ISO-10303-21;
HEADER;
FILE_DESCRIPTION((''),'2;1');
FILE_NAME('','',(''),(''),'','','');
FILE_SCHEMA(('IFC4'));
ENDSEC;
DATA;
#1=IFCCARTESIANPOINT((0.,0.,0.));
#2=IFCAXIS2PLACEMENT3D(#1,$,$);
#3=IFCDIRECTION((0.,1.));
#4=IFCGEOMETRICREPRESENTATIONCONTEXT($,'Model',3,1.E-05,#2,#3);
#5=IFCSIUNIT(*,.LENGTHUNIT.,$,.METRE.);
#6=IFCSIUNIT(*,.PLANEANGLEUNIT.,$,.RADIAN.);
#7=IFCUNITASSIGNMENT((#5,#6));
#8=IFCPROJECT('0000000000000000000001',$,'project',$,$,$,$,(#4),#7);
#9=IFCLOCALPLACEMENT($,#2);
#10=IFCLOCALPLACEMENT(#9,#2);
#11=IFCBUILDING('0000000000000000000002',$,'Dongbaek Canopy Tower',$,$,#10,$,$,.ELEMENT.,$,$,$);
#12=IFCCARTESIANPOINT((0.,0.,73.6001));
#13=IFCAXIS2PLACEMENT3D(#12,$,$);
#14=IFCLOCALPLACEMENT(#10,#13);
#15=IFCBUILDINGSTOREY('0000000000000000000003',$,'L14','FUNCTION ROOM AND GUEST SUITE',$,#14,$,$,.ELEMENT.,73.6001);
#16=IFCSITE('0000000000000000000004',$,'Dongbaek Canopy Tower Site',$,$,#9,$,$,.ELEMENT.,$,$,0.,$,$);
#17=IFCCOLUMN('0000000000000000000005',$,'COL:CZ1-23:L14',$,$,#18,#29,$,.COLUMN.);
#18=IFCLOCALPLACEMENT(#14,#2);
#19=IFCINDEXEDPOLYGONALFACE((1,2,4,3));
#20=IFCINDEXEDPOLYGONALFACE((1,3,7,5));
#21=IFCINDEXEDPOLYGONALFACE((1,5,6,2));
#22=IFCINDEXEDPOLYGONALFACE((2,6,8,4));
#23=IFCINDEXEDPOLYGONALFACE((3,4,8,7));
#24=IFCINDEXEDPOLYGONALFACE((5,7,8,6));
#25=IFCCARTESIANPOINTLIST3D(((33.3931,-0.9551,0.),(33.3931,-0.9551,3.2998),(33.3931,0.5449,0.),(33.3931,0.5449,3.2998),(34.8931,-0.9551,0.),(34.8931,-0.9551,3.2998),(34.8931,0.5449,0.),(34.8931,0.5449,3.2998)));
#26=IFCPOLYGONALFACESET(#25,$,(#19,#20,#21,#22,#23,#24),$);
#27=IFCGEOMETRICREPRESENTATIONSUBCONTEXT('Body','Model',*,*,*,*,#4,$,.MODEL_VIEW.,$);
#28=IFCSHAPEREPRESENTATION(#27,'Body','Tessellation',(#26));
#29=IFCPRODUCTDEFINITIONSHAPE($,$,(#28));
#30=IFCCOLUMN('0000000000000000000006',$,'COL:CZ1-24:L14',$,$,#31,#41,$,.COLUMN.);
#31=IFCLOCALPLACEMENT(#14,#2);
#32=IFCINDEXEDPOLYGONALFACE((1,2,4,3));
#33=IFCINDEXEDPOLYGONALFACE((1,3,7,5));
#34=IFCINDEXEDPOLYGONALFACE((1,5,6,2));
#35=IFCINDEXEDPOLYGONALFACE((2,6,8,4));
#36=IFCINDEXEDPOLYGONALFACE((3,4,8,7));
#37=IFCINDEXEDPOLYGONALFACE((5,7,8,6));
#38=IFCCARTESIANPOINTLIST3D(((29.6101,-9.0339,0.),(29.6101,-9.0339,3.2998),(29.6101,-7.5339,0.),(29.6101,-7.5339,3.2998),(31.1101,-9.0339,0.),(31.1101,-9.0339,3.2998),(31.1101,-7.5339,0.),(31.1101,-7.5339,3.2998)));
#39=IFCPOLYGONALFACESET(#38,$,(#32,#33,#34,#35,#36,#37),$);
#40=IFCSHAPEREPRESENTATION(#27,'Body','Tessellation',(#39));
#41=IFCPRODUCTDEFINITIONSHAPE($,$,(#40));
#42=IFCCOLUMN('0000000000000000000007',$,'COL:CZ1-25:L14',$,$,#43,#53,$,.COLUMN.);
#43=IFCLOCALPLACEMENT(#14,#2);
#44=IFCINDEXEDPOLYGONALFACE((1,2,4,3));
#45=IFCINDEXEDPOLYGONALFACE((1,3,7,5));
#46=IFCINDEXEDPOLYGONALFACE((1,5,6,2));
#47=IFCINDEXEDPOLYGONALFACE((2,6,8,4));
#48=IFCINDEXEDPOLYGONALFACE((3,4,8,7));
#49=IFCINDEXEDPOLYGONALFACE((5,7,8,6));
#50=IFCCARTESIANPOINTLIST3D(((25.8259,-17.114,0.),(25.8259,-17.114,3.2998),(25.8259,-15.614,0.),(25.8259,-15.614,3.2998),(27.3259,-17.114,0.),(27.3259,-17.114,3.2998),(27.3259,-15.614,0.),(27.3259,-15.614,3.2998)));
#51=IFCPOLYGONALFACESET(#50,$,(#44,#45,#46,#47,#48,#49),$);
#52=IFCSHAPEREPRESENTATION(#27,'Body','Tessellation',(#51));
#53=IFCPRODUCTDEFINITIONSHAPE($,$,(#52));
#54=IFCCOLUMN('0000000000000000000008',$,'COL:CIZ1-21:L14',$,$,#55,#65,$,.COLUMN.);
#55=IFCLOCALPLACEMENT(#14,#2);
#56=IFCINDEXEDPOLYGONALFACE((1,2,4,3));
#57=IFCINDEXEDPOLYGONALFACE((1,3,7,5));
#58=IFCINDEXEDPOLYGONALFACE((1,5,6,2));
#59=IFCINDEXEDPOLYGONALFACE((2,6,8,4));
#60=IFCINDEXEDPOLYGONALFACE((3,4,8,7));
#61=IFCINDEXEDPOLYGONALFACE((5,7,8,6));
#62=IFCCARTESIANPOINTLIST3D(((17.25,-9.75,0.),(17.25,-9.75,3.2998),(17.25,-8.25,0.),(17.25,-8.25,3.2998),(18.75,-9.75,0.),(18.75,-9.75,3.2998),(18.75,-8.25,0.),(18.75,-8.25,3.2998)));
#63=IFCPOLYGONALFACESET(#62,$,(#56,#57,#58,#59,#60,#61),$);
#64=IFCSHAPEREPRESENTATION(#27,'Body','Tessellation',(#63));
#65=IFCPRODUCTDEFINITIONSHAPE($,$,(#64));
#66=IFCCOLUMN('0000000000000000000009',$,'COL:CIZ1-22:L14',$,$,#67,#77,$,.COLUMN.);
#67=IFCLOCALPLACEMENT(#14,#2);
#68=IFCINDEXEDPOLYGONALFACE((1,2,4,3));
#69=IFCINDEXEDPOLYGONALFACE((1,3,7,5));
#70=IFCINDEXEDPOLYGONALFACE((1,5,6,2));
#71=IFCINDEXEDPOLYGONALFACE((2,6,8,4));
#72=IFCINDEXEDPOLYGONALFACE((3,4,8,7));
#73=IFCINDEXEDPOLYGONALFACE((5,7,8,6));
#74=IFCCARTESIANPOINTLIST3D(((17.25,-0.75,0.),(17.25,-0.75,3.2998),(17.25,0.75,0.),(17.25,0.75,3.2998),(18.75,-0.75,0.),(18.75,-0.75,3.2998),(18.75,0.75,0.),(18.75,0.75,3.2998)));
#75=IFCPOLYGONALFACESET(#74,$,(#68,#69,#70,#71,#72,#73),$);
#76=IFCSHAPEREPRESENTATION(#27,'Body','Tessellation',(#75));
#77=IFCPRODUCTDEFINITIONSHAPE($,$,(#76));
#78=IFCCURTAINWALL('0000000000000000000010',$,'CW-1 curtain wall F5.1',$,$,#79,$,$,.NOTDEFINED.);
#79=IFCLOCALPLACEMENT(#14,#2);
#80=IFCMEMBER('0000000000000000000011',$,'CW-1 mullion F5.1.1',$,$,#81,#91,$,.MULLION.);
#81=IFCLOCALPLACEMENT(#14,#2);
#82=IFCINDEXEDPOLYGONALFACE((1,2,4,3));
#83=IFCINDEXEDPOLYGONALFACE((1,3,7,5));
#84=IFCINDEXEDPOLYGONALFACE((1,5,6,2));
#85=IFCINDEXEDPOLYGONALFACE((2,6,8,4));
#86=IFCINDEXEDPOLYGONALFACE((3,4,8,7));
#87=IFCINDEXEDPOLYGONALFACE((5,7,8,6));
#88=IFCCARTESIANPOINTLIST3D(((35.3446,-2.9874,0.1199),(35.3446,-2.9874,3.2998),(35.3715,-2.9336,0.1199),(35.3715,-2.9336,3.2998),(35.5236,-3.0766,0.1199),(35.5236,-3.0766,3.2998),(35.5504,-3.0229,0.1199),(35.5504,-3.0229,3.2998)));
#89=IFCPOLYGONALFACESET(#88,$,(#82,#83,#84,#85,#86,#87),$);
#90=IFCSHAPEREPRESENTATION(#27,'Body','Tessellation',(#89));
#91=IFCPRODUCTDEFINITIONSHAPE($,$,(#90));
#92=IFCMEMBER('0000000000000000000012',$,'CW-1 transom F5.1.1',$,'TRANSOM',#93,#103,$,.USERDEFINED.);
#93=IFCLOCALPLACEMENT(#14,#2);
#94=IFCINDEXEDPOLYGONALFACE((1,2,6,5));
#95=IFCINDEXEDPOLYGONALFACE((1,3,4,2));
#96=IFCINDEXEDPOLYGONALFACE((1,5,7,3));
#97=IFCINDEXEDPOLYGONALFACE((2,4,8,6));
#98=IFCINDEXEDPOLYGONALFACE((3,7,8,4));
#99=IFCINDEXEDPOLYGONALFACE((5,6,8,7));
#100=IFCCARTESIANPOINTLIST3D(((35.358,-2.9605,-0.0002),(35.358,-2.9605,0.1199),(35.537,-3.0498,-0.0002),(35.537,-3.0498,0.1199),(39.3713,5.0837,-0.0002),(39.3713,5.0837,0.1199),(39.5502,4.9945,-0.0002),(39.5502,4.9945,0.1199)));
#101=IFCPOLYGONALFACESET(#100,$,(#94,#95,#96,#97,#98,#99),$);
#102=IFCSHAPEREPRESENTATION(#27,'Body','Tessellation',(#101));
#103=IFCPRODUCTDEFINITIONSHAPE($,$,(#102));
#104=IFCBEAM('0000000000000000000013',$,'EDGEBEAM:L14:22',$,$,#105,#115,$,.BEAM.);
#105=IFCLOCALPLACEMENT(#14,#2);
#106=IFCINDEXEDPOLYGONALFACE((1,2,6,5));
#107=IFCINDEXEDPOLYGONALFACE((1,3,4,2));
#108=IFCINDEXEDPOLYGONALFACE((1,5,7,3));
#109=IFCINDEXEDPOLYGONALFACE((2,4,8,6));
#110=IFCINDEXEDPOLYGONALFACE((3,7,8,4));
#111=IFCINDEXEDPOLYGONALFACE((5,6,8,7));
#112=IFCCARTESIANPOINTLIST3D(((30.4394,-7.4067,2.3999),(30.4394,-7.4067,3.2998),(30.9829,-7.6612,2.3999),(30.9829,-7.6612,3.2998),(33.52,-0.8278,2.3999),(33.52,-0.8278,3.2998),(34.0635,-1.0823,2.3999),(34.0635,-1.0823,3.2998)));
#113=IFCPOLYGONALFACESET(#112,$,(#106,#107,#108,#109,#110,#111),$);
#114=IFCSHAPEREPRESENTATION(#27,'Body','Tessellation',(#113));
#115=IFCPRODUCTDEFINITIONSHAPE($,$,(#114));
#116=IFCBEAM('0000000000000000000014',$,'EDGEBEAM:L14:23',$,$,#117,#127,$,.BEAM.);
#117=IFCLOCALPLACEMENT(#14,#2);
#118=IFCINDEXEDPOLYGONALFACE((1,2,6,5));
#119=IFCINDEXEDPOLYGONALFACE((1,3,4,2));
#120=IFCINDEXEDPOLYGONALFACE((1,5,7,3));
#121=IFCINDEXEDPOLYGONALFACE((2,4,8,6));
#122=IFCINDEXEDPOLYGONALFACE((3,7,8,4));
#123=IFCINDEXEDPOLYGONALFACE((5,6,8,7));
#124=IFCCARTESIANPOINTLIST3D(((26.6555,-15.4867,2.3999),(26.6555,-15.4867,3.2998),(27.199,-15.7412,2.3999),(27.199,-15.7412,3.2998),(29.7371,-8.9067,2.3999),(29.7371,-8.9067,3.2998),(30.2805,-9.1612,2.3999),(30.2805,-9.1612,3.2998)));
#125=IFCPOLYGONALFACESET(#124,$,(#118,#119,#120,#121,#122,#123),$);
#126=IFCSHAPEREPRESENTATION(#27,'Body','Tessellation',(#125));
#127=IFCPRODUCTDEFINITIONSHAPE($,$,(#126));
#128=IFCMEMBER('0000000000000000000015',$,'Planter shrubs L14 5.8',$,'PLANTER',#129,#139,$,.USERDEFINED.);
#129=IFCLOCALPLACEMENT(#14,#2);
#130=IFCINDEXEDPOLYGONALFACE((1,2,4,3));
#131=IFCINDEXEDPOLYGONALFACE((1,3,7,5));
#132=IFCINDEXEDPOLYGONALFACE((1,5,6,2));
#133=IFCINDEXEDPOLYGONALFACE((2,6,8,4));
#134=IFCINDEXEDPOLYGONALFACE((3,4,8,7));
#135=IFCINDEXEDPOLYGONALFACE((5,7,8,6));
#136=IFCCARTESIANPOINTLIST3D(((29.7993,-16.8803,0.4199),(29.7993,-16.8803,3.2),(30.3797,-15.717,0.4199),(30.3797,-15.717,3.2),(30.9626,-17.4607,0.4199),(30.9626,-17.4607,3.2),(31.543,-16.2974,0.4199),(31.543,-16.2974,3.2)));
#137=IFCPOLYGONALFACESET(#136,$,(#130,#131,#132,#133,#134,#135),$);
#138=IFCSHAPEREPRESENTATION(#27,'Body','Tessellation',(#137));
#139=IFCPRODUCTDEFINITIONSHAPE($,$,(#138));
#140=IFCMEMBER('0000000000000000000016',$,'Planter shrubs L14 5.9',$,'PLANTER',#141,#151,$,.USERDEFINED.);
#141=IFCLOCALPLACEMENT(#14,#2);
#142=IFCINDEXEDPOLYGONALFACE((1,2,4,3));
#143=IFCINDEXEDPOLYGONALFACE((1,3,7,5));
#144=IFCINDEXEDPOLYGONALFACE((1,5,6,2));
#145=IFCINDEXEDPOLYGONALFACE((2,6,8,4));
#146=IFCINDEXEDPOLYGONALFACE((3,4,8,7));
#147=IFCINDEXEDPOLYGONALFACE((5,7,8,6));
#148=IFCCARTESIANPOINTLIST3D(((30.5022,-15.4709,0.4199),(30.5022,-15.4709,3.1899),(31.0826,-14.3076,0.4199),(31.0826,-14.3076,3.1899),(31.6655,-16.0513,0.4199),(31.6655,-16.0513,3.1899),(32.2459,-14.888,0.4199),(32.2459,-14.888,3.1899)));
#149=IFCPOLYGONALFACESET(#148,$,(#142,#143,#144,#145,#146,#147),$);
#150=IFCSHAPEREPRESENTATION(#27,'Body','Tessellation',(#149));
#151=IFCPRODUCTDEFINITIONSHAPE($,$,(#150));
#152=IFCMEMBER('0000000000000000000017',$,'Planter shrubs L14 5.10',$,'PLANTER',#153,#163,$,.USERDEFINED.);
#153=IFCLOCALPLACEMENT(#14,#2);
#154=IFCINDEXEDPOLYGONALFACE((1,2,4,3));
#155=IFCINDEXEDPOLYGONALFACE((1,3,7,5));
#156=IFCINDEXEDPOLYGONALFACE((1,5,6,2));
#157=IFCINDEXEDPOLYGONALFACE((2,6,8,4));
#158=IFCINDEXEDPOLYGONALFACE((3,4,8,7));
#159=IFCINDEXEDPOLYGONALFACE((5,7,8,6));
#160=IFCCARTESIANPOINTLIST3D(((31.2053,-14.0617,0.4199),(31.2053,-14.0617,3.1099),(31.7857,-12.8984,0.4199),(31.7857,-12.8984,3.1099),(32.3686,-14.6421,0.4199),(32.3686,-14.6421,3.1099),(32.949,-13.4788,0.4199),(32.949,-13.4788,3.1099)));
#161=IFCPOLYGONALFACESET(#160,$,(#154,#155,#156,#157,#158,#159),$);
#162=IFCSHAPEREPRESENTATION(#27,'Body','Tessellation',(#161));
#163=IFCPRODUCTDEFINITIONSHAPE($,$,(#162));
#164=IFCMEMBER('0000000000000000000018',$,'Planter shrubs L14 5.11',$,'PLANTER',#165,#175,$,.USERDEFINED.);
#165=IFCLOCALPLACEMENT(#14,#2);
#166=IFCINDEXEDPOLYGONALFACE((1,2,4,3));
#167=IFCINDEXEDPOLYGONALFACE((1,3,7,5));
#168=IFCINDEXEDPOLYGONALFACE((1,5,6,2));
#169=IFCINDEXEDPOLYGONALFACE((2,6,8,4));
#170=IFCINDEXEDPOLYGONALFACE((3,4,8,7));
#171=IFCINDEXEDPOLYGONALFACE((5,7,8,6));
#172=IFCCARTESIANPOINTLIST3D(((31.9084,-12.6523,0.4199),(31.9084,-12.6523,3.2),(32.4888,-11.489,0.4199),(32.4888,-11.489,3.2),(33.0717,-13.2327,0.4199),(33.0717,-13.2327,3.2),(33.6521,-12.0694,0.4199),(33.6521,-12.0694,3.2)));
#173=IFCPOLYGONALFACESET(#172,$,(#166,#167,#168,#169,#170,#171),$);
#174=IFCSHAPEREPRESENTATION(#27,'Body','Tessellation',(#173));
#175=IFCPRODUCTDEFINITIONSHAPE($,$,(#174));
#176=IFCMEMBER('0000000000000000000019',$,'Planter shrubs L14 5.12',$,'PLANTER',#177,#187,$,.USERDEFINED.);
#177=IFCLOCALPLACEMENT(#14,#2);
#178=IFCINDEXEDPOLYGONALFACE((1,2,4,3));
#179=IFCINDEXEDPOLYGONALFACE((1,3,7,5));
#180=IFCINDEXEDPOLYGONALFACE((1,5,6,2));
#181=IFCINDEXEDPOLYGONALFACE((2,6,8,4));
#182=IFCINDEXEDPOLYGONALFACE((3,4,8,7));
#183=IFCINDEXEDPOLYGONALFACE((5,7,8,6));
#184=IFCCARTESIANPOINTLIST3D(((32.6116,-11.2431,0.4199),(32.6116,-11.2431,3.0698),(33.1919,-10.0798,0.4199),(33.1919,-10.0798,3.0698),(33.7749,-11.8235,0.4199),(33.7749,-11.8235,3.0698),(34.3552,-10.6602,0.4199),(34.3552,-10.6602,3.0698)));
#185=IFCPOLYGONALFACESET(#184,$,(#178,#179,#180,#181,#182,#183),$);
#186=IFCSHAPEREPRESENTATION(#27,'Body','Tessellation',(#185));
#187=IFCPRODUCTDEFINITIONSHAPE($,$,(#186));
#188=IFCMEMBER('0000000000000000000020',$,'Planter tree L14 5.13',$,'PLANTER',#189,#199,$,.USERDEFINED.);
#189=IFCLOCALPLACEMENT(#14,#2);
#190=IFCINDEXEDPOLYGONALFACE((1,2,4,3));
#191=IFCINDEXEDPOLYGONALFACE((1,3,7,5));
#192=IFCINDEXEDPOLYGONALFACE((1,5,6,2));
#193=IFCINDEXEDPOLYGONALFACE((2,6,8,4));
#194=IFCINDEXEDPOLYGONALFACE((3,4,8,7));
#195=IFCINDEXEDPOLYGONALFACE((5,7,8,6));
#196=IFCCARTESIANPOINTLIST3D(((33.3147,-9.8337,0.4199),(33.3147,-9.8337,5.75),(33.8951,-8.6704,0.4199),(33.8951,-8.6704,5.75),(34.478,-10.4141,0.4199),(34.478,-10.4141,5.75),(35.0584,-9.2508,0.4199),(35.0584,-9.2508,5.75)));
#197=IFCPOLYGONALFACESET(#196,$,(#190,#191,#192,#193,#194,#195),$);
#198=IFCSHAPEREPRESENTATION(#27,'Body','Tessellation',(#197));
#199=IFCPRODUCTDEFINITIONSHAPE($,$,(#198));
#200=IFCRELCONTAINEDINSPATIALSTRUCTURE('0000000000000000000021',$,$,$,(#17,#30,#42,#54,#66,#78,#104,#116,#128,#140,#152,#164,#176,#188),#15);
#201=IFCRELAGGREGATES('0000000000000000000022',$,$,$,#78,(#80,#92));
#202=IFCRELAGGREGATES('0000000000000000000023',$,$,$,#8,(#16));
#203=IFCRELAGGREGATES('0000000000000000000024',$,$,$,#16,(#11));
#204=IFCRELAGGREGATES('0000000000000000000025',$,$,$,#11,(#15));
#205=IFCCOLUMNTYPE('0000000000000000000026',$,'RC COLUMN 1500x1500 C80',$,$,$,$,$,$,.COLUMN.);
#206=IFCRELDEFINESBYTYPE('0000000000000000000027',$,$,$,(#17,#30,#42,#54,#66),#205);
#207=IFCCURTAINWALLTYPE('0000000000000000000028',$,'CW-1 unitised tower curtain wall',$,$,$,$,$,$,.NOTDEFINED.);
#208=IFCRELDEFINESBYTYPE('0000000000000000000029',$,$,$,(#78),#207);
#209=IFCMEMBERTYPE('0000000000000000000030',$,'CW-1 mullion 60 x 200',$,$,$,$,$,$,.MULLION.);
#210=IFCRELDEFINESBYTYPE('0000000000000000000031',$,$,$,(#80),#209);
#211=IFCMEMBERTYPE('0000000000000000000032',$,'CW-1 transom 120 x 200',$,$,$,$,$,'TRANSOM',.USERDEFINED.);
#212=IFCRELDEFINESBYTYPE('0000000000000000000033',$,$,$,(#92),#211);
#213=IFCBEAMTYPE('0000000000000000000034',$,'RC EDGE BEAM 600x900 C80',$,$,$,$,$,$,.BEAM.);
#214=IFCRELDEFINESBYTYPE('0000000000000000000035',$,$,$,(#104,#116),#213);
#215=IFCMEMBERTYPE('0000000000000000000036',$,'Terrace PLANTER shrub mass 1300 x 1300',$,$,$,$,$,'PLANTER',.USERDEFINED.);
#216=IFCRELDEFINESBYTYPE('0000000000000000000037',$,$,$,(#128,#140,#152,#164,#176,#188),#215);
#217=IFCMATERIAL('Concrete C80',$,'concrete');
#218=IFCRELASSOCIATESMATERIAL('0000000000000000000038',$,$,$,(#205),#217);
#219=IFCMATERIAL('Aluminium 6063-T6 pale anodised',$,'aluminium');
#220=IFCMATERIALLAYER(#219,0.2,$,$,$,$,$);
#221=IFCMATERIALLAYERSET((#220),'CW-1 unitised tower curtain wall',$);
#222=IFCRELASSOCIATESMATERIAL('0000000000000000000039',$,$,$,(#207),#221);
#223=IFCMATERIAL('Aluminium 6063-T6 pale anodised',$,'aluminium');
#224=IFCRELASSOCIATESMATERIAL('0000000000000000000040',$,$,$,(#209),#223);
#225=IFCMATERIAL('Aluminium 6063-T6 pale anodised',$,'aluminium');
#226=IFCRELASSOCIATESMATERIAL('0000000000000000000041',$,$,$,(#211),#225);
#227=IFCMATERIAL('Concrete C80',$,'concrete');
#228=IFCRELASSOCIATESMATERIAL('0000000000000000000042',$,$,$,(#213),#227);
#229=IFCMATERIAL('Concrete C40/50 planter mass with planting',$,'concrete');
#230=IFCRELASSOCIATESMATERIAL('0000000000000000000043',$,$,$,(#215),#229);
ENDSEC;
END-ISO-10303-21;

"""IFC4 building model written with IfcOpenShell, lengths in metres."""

from ifc_helpers import new_model, si_unit, direction, frame, origin, origin_2d, place, context, subcontext, project, spatial, rectangle, extrude, material, layer, layer_set, material_profile, profile_set, type_object, element, aggregate, save


model = new_model("IFC4")

# Units and contexts
model_context = context("Model", 3, precision=1e-05, world=origin(), true_north=direction((0.0, 1.0)))
body_context = subcontext(model_context, "Body", "Model", "MODEL_VIEW")
ifc_project = project(units=[si_unit("LENGTHUNIT", "METRE"), si_unit("PLANEANGLEUNIT", "RADIAN")], contexts=[model_context])

# Site, building, storey
site_placement = place(None, origin())
site = spatial("IfcSite", under=ifc_project, at=site_placement, Name="Dongbaek Canopy Tower Site", CompositionType="ELEMENT", RefElevation=0.0)
building_placement = place(site_placement, origin())
building = spatial("IfcBuilding", under=site, at=building_placement, Name="Dongbaek Canopy Tower", CompositionType="ELEMENT")
storey_placement = place(building_placement, frame((0.0, 0.0, 73.6001)))
storey = spatial("IfcBuildingStorey", under=building, at=storey_placement, Name="L14", Description="FUNCTION ROOM AND GUEST SUITE", CompositionType="ELEMENT", Elevation=73.6001)

# Columns
ifc_material_1 = material(Name="Concrete C80", Category="concrete")
ifc_material_profile_1 = material_profile(ifc_material_1, rectangle(XDim=1.5, YDim=1.5, at=origin_2d()), Name="RC COLUMN 1500x1500 C80")
ifc_profile_set_1 = profile_set([ifc_material_profile_1], Name="Concrete C80")
column_type = type_object("IfcColumnType", Name="RC COLUMN 1500x1500 C80", PredefinedType="COLUMN", material=ifc_profile_set_1)
for number, where, z_axis, x_axis, name in (
    (1, (34.1431, -0.2051, 0.0), (0.0, 0.0, 1.0), (1.0, 0.0, 0.0), "COL:CZ1-23:L14"),
    (2, (30.3601, -8.2839, 0.0), (0.0, 0.0, 1.0), (1.0, 0.0, 0.0), "COL:CZ1-24:L14"),
    (3, (26.5759, -16.364, 0.0), (0.0, 0.0, 1.0), (1.0, 0.0, 0.0), "COL:CZ1-25:L14"),
    (4, (18.0, -9.0, 0.0), (0.0, 0.0, 1.0), (1.0, 0.0, 0.0), "COL:CIZ1-21:L14"),
    (5, (18.0, 0.0, 0.0), (0.0, 0.0, 1.0), (1.0, 0.0, 0.0), "COL:CIZ1-22:L14"),
):
    element("IfcColumn", number, at=place(storey_placement, frame(where, z_axis=z_axis, x_axis=x_axis)), inside=storey, type_object=column_type, Name=name, PredefinedType="COLUMN", context=body_context, shape_type="SweptSolid", body=[
        extrude(rectangle(XDim=1.5, YDim=1.5, at=origin_2d()), origin(), (0.0, 0.0, 1.0), 3.2998),
    ])

# Curtain wall, members
ifc_material_2 = material(Name="Aluminium 6063-T6 pale anodised", Category="aluminium")
ifc_layer_1 = layer(ifc_material_2, 0.2)
ifc_layer_set_1 = layer_set([ifc_layer_1], Name="CW-1 unitised tower curtain wall")
curtain_wall_type = type_object("IfcCurtainWallType", Name="CW-1 unitised tower curtain wall", PredefinedType="NOTDEFINED", material=ifc_layer_set_1)
curtain_wall_placement = place(storey_placement, origin())
curtain_wall = element("IfcCurtainWall", 6, at=curtain_wall_placement, inside=storey, type_object=curtain_wall_type, Name="CW-1 curtain wall F5.1", PredefinedType="NOTDEFINED")
ifc_material_3 = material(Name="Aluminium 6063-T6 pale anodised", Category="aluminium")
ifc_material_profile_2 = material_profile(ifc_material_3, rectangle(XDim=0.2, YDim=0.0601, at=origin_2d()), Name="CW-1 mullion 60 x 200")
ifc_profile_set_2 = profile_set([ifc_material_profile_2], Name="Aluminium 6063-T6 pale anodised")
member_type_1 = type_object("IfcMemberType", Name="CW-1 mullion 60 x 200", PredefinedType="MULLION", material=ifc_profile_set_2)
member_1_placement = place(storey_placement, frame((35.4475, -3.0051, 0.1199), z_axis=(0.0, 0.0, 1.0), x_axis=(0.894823, -0.44642, 0.0)))
member_1 = element("IfcMember", 7, at=member_1_placement, type_object=member_type_1, Name="CW-1 mullion F5.1.1", PredefinedType="MULLION", context=body_context, shape_type="SweptSolid", body=[
    extrude(rectangle(XDim=0.2, YDim=0.0601, at=origin_2d()), origin(), (0.0, 0.0, 1.0), 3.1799),
])
ifc_material_4 = material(Name="Aluminium 6063-T6 pale anodised", Category="aluminium")
ifc_material_profile_3 = material_profile(ifc_material_4, rectangle(XDim=0.2, YDim=0.1201, at=origin_2d()), Name="CW-1 transom 120 x 200")
ifc_profile_set_3 = profile_set([ifc_material_profile_3], Name="Aluminium 6063-T6 pale anodised")
member_type_2 = type_object("IfcMemberType", Name="CW-1 transom 120 x 200", ElementType="TRANSOM", PredefinedType="USERDEFINED", material=ifc_profile_set_3)
member_2_placement = place(storey_placement, frame((35.4475, -3.0051, 0.0598), z_axis=(0.44642, 0.894823, 0.0), x_axis=(-0.894823, 0.44642, 0.0)))
member_2 = element("IfcMember", 8, at=member_2_placement, type_object=member_type_2, Name="CW-1 transom F5.1.1", ObjectType="TRANSOM", PredefinedType="USERDEFINED", context=body_context, shape_type="SweptSolid", body=[
    extrude(rectangle(XDim=0.2, YDim=0.1201, at=origin_2d()), origin(), (0.0, 0.0, 1.0), 8.9897),
])

# Beams
ifc_material_5 = material(Name="Concrete C80", Category="concrete")
ifc_material_profile_4 = material_profile(ifc_material_5, rectangle(XDim=0.6001, YDim=0.8999, at=origin_2d()), Name="RC EDGE BEAM 600x900 C80")
ifc_profile_set_4 = profile_set([ifc_material_profile_4], Name="Concrete C80")
beam_type = type_object("IfcBeamType", Name="RC EDGE BEAM 600x900 C80", PredefinedType="BEAM", material=ifc_profile_set_4)
beam_1_placement = place(storey_placement, frame((33.7917, -0.9551, 2.8499), z_axis=(-0.424064, -0.905632, 0.0), x_axis=(0.905632, -0.424064, 0.0)))
element("IfcBeam", 9, at=beam_1_placement, inside=storey, type_object=beam_type, Name="EDGEBEAM:L14:22", PredefinedType="BEAM", context=body_context, shape_type="SweptSolid", body=[
    extrude(rectangle(XDim=0.6001, YDim=0.8999, at=origin_2d()), origin(), (0.0, 0.0, 1.0), 7.2644),
])
beam_2_placement = place(storey_placement, frame((30.0088, -9.0339, 2.8499), z_axis=(-0.42411, -0.905611, 0.0), x_axis=(0.905611, -0.42411, 0.0)))
element("IfcBeam", 10, at=beam_2_placement, inside=storey, type_object=beam_type, Name="EDGEBEAM:L14:23", PredefinedType="BEAM", context=body_context, shape_type="SweptSolid", body=[
    extrude(rectangle(XDim=0.6001, YDim=0.8999, at=origin_2d()), origin(), (0.0, 0.0, 1.0), 7.2659),
])

# Members
ifc_material_6 = material(Name="Concrete C40/50 planter mass with planting", Category="concrete")
ifc_material_profile_5 = material_profile(ifc_material_6, rectangle(XDim=1.3, YDim=1.3, at=origin_2d()), Name="Terrace PLANTER shrub mass 1300 x 1300")
ifc_profile_set_5 = profile_set([ifc_material_profile_5], Name="Concrete C40/50 planter mass with planting")
member_type_3 = type_object("IfcMemberType", Name="Terrace PLANTER shrub mass 1300 x 1300", ElementType="PLANTER", PredefinedType="USERDEFINED", material=ifc_profile_set_5)
member_3_placement = place(storey_placement, frame((30.6711, -16.5889, 0.4199), z_axis=(0.0, 0.0, 1.0), x_axis=(0.894823, -0.44642, 0.0)))
element("IfcMember", 11, at=member_3_placement, inside=storey, type_object=member_type_3, Name="Planter shrubs L14 5.8", ObjectType="PLANTER", PredefinedType="USERDEFINED", context=body_context, shape_type="SweptSolid", body=[
    extrude(rectangle(XDim=1.3, YDim=1.3, at=origin_2d()), origin(), (0.0, 0.0, 1.0), 2.78),
])
member_4_placement = place(storey_placement, frame((31.374, -15.1794, 0.4199), z_axis=(0.0, 0.0, 1.0), x_axis=(0.894823, -0.44642, 0.0)))
element("IfcMember", 12, at=member_4_placement, inside=storey, type_object=member_type_3, Name="Planter shrubs L14 5.9", ObjectType="PLANTER", PredefinedType="USERDEFINED", context=body_context, shape_type="SweptSolid", body=[
    extrude(rectangle(XDim=1.3, YDim=1.3, at=origin_2d()), origin(), (0.0, 0.0, 1.0), 2.77),
])
member_5_placement = place(storey_placement, frame((32.0771, -13.7703, 0.4199), z_axis=(0.0, 0.0, 1.0), x_axis=(0.894823, -0.44642, 0.0)))
element("IfcMember", 13, at=member_5_placement, inside=storey, type_object=member_type_3, Name="Planter shrubs L14 5.10", ObjectType="PLANTER", PredefinedType="USERDEFINED", context=body_context, shape_type="SweptSolid", body=[
    extrude(rectangle(XDim=1.3, YDim=1.3, at=origin_2d()), origin(), (0.0, 0.0, 1.0), 2.6899),
])
member_6_placement = place(storey_placement, frame((32.7803, -12.3608, 0.4199), z_axis=(0.0, 0.0, 1.0), x_axis=(0.894823, -0.44642, 0.0)))
element("IfcMember", 14, at=member_6_placement, inside=storey, type_object=member_type_3, Name="Planter shrubs L14 5.11", ObjectType="PLANTER", PredefinedType="USERDEFINED", context=body_context, shape_type="SweptSolid", body=[
    extrude(rectangle(XDim=1.3, YDim=1.3, at=origin_2d()), origin(), (0.0, 0.0, 1.0), 2.78),
])
member_7_placement = place(storey_placement, frame((33.4834, -10.9517, 0.4199), z_axis=(0.0, 0.0, 1.0), x_axis=(0.894823, -0.44642, 0.0)))
element("IfcMember", 15, at=member_7_placement, inside=storey, type_object=member_type_3, Name="Planter shrubs L14 5.12", ObjectType="PLANTER", PredefinedType="USERDEFINED", context=body_context, shape_type="SweptSolid", body=[
    extrude(rectangle(XDim=1.3, YDim=1.3, at=origin_2d()), origin(), (0.0, 0.0, 1.0), 2.6499),
])
member_8_placement = place(storey_placement, frame((34.1865, -9.5422, 0.4199), z_axis=(0.0, 0.0, 1.0), x_axis=(0.894823, -0.44642, 0.0)))
element("IfcMember", 16, at=member_8_placement, inside=storey, type_object=member_type_3, Name="Planter tree L14 5.13", ObjectType="PLANTER", PredefinedType="USERDEFINED", context=body_context, shape_type="SweptSolid", body=[
    extrude(rectangle(XDim=1.3, YDim=1.3, at=origin_2d()), origin(), (0.0, 0.0, 1.0), 5.3301),
])

aggregate(curtain_wall, [member_1, member_2])

save(model, "model.ifc")
